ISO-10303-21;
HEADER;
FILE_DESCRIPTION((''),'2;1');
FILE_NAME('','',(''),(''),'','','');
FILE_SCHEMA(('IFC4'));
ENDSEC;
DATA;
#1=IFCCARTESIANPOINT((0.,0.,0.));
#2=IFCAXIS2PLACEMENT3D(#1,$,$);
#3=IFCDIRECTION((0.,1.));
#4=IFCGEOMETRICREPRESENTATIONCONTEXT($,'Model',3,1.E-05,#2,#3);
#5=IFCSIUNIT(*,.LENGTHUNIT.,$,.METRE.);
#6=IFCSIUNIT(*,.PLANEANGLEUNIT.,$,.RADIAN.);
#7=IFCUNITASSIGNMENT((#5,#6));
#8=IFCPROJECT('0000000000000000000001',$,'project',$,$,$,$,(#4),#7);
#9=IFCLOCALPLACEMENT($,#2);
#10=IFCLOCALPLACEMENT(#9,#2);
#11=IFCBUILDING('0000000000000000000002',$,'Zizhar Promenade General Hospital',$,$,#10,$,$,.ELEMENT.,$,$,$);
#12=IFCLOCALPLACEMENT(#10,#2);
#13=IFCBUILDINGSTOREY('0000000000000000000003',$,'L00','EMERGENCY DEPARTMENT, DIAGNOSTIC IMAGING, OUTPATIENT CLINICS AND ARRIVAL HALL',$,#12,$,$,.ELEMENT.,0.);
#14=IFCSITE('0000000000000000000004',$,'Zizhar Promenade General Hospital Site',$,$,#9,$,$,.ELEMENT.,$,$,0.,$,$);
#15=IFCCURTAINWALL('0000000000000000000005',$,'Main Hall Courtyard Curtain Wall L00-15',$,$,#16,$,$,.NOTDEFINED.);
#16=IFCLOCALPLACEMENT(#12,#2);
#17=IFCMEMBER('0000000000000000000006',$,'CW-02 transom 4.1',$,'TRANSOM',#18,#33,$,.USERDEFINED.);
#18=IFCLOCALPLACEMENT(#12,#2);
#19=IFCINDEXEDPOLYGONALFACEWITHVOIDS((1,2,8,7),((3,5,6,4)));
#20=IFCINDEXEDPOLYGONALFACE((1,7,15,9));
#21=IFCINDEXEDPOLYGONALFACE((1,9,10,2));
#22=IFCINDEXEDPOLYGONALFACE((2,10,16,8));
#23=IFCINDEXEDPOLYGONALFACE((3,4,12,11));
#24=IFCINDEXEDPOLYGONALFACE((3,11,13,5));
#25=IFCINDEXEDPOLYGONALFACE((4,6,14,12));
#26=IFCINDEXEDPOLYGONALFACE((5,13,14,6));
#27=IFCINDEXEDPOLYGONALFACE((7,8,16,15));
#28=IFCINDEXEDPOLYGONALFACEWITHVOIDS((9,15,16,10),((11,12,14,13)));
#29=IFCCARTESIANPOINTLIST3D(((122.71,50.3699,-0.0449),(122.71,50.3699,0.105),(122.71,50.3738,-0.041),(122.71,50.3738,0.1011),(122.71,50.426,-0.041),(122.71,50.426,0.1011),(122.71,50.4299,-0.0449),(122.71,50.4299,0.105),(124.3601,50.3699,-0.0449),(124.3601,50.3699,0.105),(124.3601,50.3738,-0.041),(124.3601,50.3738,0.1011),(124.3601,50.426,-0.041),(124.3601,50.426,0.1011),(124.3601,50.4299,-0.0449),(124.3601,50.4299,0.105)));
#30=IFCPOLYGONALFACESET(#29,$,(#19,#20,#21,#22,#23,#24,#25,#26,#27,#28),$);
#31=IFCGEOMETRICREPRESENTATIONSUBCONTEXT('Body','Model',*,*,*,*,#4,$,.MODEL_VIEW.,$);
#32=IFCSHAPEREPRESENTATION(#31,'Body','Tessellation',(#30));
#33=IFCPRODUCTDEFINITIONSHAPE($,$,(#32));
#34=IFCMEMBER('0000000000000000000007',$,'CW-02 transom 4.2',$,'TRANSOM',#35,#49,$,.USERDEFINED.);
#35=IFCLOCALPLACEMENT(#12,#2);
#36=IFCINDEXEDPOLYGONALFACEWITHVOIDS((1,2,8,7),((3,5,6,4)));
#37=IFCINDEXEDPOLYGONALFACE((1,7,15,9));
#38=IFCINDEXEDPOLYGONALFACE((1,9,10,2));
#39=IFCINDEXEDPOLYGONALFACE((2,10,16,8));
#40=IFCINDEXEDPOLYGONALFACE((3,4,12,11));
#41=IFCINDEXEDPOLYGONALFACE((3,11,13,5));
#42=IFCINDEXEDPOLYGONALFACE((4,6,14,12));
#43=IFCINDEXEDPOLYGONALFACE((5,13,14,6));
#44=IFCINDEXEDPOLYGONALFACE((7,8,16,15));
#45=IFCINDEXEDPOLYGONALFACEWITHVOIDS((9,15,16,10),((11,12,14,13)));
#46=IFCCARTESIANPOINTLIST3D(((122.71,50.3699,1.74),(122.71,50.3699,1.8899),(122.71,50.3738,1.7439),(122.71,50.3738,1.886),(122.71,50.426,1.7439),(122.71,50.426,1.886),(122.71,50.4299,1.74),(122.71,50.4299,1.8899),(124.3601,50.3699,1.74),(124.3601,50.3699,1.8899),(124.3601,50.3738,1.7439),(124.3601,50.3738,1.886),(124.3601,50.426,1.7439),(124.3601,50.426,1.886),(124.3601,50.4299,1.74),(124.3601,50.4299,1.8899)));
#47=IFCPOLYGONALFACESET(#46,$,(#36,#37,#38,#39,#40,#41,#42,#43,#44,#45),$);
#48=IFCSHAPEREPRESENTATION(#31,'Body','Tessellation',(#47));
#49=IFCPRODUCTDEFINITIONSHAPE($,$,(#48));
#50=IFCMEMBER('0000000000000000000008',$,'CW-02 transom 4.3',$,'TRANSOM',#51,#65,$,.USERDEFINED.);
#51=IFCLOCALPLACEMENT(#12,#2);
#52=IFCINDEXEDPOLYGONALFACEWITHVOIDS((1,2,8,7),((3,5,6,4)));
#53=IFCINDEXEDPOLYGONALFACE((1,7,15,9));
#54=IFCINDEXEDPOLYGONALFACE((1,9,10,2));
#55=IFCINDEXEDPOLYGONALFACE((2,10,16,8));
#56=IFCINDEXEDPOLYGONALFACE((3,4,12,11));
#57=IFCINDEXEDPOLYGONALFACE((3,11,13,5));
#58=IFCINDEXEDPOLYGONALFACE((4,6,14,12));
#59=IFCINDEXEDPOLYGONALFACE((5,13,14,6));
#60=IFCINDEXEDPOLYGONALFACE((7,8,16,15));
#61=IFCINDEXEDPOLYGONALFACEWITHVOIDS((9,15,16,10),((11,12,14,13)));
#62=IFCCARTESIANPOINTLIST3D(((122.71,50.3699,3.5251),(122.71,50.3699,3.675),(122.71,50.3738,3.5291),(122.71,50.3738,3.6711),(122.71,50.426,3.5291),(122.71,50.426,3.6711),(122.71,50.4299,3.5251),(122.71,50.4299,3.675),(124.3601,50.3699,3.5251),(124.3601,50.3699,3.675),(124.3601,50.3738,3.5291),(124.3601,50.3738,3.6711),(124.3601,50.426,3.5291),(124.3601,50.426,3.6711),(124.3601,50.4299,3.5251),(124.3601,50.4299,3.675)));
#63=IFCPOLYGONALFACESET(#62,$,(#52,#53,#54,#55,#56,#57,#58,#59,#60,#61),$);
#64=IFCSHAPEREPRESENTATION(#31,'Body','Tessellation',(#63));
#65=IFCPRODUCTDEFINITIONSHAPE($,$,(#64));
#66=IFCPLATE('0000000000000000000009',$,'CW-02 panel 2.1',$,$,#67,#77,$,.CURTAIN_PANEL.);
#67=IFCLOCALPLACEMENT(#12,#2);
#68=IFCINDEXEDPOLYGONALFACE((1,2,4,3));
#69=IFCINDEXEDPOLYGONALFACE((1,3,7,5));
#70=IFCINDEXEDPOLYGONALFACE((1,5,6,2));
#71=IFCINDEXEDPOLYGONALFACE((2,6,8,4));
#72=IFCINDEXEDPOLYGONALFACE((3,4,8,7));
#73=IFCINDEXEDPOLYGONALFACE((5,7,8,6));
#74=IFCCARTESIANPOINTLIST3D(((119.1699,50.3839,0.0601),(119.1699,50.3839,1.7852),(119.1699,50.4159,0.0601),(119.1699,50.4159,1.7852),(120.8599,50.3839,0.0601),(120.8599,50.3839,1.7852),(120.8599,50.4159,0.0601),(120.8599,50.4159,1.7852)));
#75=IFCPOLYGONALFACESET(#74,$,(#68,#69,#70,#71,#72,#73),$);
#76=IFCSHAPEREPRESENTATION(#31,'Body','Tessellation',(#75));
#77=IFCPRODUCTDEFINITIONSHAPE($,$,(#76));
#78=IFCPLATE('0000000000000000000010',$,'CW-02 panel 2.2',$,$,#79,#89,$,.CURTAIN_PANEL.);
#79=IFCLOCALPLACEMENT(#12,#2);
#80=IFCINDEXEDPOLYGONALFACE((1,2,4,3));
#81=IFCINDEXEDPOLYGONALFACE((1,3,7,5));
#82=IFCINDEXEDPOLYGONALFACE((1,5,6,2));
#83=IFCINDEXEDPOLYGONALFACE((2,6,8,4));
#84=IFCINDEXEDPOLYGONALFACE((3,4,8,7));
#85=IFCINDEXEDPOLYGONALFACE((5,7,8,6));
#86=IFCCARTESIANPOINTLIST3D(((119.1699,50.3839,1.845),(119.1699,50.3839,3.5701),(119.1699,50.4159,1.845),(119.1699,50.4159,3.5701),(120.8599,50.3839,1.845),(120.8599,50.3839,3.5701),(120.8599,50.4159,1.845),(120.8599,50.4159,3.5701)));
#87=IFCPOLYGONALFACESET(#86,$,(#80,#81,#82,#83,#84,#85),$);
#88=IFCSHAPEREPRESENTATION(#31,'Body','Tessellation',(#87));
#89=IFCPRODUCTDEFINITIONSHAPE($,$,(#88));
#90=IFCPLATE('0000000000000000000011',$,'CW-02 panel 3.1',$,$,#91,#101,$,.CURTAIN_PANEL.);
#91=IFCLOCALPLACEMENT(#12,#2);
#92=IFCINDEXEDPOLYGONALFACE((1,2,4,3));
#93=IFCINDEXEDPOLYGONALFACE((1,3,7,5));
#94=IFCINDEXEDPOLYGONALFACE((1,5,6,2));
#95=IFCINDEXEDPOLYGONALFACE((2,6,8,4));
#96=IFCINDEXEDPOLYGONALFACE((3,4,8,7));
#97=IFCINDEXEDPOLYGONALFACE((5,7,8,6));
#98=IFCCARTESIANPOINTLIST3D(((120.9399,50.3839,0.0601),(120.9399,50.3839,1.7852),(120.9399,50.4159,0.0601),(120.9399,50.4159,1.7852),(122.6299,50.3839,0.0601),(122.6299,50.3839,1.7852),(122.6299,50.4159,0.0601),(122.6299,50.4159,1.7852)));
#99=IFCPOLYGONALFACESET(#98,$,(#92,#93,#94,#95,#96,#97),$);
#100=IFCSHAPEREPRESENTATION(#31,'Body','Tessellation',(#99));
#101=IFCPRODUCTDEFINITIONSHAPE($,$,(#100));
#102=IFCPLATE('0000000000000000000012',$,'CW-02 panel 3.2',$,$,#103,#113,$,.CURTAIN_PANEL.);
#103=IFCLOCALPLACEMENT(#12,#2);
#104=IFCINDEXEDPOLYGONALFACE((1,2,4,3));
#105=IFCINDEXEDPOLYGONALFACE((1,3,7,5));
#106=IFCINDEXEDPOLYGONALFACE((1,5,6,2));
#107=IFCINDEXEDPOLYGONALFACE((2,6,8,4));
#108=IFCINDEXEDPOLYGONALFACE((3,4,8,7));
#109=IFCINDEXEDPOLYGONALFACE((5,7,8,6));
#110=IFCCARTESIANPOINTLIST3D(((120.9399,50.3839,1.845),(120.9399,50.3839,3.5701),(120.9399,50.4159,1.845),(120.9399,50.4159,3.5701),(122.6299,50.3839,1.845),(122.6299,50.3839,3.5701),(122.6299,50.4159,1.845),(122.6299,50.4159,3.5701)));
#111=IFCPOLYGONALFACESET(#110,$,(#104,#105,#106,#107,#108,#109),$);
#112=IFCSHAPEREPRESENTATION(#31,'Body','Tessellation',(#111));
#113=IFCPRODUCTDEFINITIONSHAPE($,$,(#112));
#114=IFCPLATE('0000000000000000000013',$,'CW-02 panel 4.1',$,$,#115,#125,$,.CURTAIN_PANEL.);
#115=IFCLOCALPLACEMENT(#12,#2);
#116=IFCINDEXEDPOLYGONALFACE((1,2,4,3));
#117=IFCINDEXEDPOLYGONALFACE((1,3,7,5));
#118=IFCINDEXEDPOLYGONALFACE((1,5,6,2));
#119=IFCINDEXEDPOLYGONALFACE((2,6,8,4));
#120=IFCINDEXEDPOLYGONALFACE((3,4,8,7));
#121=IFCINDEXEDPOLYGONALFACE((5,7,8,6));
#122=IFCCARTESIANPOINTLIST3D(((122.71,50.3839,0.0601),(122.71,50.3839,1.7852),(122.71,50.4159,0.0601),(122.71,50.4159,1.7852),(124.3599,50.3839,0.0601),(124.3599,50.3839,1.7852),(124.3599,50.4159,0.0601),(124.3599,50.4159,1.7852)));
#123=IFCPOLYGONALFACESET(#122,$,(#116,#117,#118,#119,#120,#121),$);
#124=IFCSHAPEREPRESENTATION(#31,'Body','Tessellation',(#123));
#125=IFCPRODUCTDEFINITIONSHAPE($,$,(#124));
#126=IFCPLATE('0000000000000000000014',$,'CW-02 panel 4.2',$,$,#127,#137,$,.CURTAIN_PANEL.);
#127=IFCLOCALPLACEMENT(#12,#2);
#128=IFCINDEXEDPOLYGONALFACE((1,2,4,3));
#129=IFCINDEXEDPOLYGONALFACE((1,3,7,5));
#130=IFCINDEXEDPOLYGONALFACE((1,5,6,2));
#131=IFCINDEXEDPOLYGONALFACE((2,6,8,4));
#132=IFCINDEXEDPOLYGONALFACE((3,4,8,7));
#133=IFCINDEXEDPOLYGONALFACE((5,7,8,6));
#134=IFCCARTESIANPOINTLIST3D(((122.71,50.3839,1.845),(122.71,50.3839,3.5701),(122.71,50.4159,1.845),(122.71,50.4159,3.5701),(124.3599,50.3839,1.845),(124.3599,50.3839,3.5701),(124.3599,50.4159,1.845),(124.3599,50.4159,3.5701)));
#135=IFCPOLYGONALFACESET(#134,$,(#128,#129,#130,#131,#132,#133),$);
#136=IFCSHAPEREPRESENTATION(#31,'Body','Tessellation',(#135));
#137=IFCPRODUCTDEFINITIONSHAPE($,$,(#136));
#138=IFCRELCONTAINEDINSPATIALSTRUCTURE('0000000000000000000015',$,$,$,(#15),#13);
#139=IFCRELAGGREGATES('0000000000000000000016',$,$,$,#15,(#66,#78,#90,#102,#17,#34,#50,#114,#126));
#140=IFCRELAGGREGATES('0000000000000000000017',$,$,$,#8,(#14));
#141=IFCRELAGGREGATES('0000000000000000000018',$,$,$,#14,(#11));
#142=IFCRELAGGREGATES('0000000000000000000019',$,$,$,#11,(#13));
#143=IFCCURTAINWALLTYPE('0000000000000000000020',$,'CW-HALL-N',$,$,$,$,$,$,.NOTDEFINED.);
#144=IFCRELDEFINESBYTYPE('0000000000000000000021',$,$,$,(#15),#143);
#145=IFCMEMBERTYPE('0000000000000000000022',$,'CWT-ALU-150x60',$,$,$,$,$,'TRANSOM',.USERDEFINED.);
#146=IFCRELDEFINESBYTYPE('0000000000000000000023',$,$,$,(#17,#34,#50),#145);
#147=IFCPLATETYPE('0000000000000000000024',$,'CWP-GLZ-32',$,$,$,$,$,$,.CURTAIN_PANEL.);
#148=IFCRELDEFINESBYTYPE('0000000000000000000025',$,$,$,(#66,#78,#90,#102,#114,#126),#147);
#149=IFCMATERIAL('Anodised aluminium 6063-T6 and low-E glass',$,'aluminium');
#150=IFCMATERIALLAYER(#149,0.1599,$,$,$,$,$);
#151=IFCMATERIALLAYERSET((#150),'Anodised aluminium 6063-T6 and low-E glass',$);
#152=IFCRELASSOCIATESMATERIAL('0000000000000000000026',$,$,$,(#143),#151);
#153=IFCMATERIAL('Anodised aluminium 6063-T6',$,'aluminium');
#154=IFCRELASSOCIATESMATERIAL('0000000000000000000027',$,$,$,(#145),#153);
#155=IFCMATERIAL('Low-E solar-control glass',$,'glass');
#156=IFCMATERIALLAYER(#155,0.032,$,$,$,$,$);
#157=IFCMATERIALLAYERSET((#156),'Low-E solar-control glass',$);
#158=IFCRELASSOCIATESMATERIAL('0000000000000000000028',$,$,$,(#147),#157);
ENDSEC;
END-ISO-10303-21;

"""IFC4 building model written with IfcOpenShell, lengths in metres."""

from ifc_helpers import new_model, si_unit, direction, frame, origin, origin_2d, place, context, subcontext, project, spatial, rectangle, hollow_rectangle, extrude, material, layer, layer_set, material_profile, profile_set, type_object, element, aggregate, save


model = new_model("IFC4")

# Units and contexts
model_context = context("Model", 3, precision=1e-05, world=origin(), true_north=direction((0.0, 1.0)))
body_context = subcontext(model_context, "Body", "Model", "MODEL_VIEW")
ifc_project = project(units=[si_unit("LENGTHUNIT", "METRE"), si_unit("PLANEANGLEUNIT", "RADIAN")], contexts=[model_context])

# Site, building, storey
site_placement = place(None, origin())
site = spatial("IfcSite", under=ifc_project, at=site_placement, Name="Zizhar Promenade General Hospital Site", CompositionType="ELEMENT", RefElevation=0.0)
building_placement = place(site_placement, origin())
building = spatial("IfcBuilding", under=site, at=building_placement, Name="Zizhar Promenade General Hospital", CompositionType="ELEMENT")
storey_placement = place(building_placement, origin())
storey = spatial("IfcBuildingStorey", under=building, at=storey_placement, Name="L00", Description="EMERGENCY DEPARTMENT, DIAGNOSTIC IMAGING, OUTPATIENT CLINICS AND ARRIVAL HALL", CompositionType="ELEMENT", Elevation=0.0)

# Curtain wall, members, plates
ifc_material_1 = material(Name="Anodised aluminium 6063-T6 and low-E glass", Category="aluminium")
ifc_layer_1 = layer(ifc_material_1, 0.1599)
ifc_layer_set_1 = layer_set([ifc_layer_1], Name="Anodised aluminium 6063-T6 and low-E glass")
curtain_wall_type = type_object("IfcCurtainWallType", Name="CW-HALL-N", PredefinedType="NOTDEFINED", material=ifc_layer_set_1)
curtain_wall_placement = place(storey_placement, origin())
curtain_wall = element("IfcCurtainWall", 1, at=curtain_wall_placement, inside=storey, type_object=curtain_wall_type, Name="Main Hall Courtyard Curtain Wall L00-15", PredefinedType="NOTDEFINED")
ifc_material_2 = material(Name="Anodised aluminium 6063-T6", Category="aluminium")
ifc_material_profile_1 = material_profile(ifc_material_2, hollow_rectangle(XDim=0.0601, YDim=0.1499, WallThickness=0.0039, at=origin_2d()))
ifc_profile_set_1 = profile_set([ifc_material_profile_1], Name="Anodised aluminium 6063-T6")
member_type_1 = type_object("IfcMemberType", Name="CWT-ALU-150x60", ElementType="TRANSOM", PredefinedType="USERDEFINED", material=ifc_profile_set_1)
member_1_placement = place(storey_placement, frame((122.71, 50.3999, 0.03), z_axis=(1.0, 0.0, 0.0), x_axis=(0.0, 1.0, 0.0)))
member_1 = element("IfcMember", 2, at=member_1_placement, type_object=member_type_1, Name="CW-02 transom 4.1", ObjectType="TRANSOM", PredefinedType="USERDEFINED", context=body_context, shape_type="SweptSolid", body=[
    extrude(hollow_rectangle(XDim=0.0601, YDim=0.1499, WallThickness=0.0039, at=origin_2d()), origin(), (0.0, 0.0, 1.0), 1.6501),
])
member_2_placement = place(storey_placement, frame((122.71, 50.3999, 1.8149), z_axis=(1.0, 0.0, 0.0), x_axis=(0.0, 1.0, 0.0)))
member_2 = element("IfcMember", 3, at=member_2_placement, type_object=member_type_1, Name="CW-02 transom 4.2", ObjectType="TRANSOM", PredefinedType="USERDEFINED", context=body_context, shape_type="SweptSolid", body=[
    extrude(hollow_rectangle(XDim=0.0601, YDim=0.1499, WallThickness=0.0039, at=origin_2d()), origin(), (0.0, 0.0, 1.0), 1.6501),
])
member_3_placement = place(storey_placement, frame((122.71, 50.3999, 3.6001), z_axis=(1.0, 0.0, 0.0), x_axis=(0.0, 1.0, 0.0)))
member_3 = element("IfcMember", 4, at=member_3_placement, type_object=member_type_1, Name="CW-02 transom 4.3", ObjectType="TRANSOM", PredefinedType="USERDEFINED", context=body_context, shape_type="SweptSolid", body=[
    extrude(hollow_rectangle(XDim=0.0601, YDim=0.1499, WallThickness=0.0039, at=origin_2d()), origin(), (0.0, 0.0, 1.0), 1.6501),
])
ifc_material_3 = material(Name="Low-E solar-control glass", Category="glass")
ifc_layer_2 = layer(ifc_material_3, 0.032)
ifc_layer_set_2 = layer_set([ifc_layer_2], Name="Low-E solar-control glass")
plate_type = type_object("IfcPlateType", Name="CWP-GLZ-32", PredefinedType="CURTAIN_PANEL", material=ifc_layer_set_2)
plate_1_placement = place(storey_placement, frame((120.0149, 50.3999, 0.0601), z_axis=(0.0, 0.0, 1.0), x_axis=(1.0, 0.0, 0.0)))
plate_1 = element("IfcPlate", 5, at=plate_1_placement, type_object=plate_type, Name="CW-02 panel 2.1", PredefinedType="CURTAIN_PANEL", context=body_context, shape_type="SweptSolid", body=[
    extrude(rectangle(XDim=1.6899, YDim=0.032, at=origin_2d()), origin(), (0.0, 0.0, 1.0), 1.7251),
])
plate_2_placement = place(storey_placement, frame((120.0149, 50.3999, 1.845), z_axis=(0.0, 0.0, 1.0), x_axis=(1.0, 0.0, 0.0)))
plate_2 = element("IfcPlate", 6, at=plate_2_placement, type_object=plate_type, Name="CW-02 panel 2.2", PredefinedType="CURTAIN_PANEL", context=body_context, shape_type="SweptSolid", body=[
    extrude(rectangle(XDim=1.6899, YDim=0.032, at=origin_2d()), origin(), (0.0, 0.0, 1.0), 1.7251),
])
plate_3_placement = place(storey_placement, frame((121.7849, 50.3999, 0.0601), z_axis=(0.0, 0.0, 1.0), x_axis=(1.0, 0.0, 0.0)))
plate_3 = element("IfcPlate", 7, at=plate_3_placement, type_object=plate_type, Name="CW-02 panel 3.1", PredefinedType="CURTAIN_PANEL", context=body_context, shape_type="SweptSolid", body=[
    extrude(rectangle(XDim=1.6899, YDim=0.032, at=origin_2d()), origin(), (0.0, 0.0, 1.0), 1.7251),
])
plate_4_placement = place(storey_placement, frame((121.7849, 50.3999, 1.845), z_axis=(0.0, 0.0, 1.0), x_axis=(1.0, 0.0, 0.0)))
plate_4 = element("IfcPlate", 8, at=plate_4_placement, type_object=plate_type, Name="CW-02 panel 3.2", PredefinedType="CURTAIN_PANEL", context=body_context, shape_type="SweptSolid", body=[
    extrude(rectangle(XDim=1.6899, YDim=0.032, at=origin_2d()), origin(), (0.0, 0.0, 1.0), 1.7251),
])
plate_5_placement = place(storey_placement, frame((123.5349, 50.3999, 0.0601), z_axis=(0.0, 0.0, 1.0), x_axis=(1.0, 0.0, 0.0)))
plate_5 = element("IfcPlate", 9, at=plate_5_placement, type_object=plate_type, Name="CW-02 panel 4.1", PredefinedType="CURTAIN_PANEL", context=body_context, shape_type="SweptSolid", body=[
    extrude(rectangle(XDim=1.6499, YDim=0.032, at=origin_2d()), origin(), (0.0, 0.0, 1.0), 1.7251),
])
plate_6_placement = place(storey_placement, frame((123.5349, 50.3999, 1.845), z_axis=(0.0, 0.0, 1.0), x_axis=(1.0, 0.0, 0.0)))
plate_6 = element("IfcPlate", 10, at=plate_6_placement, type_object=plate_type, Name="CW-02 panel 4.2", PredefinedType="CURTAIN_PANEL", context=body_context, shape_type="SweptSolid", body=[
    extrude(rectangle(XDim=1.6499, YDim=0.032, at=origin_2d()), origin(), (0.0, 0.0, 1.0), 1.7251),
])
aggregate(curtain_wall, [plate_1, plate_2, plate_3, plate_4, member_1, member_2, member_3, plate_5, plate_6])

save(model, "model.ifc")
